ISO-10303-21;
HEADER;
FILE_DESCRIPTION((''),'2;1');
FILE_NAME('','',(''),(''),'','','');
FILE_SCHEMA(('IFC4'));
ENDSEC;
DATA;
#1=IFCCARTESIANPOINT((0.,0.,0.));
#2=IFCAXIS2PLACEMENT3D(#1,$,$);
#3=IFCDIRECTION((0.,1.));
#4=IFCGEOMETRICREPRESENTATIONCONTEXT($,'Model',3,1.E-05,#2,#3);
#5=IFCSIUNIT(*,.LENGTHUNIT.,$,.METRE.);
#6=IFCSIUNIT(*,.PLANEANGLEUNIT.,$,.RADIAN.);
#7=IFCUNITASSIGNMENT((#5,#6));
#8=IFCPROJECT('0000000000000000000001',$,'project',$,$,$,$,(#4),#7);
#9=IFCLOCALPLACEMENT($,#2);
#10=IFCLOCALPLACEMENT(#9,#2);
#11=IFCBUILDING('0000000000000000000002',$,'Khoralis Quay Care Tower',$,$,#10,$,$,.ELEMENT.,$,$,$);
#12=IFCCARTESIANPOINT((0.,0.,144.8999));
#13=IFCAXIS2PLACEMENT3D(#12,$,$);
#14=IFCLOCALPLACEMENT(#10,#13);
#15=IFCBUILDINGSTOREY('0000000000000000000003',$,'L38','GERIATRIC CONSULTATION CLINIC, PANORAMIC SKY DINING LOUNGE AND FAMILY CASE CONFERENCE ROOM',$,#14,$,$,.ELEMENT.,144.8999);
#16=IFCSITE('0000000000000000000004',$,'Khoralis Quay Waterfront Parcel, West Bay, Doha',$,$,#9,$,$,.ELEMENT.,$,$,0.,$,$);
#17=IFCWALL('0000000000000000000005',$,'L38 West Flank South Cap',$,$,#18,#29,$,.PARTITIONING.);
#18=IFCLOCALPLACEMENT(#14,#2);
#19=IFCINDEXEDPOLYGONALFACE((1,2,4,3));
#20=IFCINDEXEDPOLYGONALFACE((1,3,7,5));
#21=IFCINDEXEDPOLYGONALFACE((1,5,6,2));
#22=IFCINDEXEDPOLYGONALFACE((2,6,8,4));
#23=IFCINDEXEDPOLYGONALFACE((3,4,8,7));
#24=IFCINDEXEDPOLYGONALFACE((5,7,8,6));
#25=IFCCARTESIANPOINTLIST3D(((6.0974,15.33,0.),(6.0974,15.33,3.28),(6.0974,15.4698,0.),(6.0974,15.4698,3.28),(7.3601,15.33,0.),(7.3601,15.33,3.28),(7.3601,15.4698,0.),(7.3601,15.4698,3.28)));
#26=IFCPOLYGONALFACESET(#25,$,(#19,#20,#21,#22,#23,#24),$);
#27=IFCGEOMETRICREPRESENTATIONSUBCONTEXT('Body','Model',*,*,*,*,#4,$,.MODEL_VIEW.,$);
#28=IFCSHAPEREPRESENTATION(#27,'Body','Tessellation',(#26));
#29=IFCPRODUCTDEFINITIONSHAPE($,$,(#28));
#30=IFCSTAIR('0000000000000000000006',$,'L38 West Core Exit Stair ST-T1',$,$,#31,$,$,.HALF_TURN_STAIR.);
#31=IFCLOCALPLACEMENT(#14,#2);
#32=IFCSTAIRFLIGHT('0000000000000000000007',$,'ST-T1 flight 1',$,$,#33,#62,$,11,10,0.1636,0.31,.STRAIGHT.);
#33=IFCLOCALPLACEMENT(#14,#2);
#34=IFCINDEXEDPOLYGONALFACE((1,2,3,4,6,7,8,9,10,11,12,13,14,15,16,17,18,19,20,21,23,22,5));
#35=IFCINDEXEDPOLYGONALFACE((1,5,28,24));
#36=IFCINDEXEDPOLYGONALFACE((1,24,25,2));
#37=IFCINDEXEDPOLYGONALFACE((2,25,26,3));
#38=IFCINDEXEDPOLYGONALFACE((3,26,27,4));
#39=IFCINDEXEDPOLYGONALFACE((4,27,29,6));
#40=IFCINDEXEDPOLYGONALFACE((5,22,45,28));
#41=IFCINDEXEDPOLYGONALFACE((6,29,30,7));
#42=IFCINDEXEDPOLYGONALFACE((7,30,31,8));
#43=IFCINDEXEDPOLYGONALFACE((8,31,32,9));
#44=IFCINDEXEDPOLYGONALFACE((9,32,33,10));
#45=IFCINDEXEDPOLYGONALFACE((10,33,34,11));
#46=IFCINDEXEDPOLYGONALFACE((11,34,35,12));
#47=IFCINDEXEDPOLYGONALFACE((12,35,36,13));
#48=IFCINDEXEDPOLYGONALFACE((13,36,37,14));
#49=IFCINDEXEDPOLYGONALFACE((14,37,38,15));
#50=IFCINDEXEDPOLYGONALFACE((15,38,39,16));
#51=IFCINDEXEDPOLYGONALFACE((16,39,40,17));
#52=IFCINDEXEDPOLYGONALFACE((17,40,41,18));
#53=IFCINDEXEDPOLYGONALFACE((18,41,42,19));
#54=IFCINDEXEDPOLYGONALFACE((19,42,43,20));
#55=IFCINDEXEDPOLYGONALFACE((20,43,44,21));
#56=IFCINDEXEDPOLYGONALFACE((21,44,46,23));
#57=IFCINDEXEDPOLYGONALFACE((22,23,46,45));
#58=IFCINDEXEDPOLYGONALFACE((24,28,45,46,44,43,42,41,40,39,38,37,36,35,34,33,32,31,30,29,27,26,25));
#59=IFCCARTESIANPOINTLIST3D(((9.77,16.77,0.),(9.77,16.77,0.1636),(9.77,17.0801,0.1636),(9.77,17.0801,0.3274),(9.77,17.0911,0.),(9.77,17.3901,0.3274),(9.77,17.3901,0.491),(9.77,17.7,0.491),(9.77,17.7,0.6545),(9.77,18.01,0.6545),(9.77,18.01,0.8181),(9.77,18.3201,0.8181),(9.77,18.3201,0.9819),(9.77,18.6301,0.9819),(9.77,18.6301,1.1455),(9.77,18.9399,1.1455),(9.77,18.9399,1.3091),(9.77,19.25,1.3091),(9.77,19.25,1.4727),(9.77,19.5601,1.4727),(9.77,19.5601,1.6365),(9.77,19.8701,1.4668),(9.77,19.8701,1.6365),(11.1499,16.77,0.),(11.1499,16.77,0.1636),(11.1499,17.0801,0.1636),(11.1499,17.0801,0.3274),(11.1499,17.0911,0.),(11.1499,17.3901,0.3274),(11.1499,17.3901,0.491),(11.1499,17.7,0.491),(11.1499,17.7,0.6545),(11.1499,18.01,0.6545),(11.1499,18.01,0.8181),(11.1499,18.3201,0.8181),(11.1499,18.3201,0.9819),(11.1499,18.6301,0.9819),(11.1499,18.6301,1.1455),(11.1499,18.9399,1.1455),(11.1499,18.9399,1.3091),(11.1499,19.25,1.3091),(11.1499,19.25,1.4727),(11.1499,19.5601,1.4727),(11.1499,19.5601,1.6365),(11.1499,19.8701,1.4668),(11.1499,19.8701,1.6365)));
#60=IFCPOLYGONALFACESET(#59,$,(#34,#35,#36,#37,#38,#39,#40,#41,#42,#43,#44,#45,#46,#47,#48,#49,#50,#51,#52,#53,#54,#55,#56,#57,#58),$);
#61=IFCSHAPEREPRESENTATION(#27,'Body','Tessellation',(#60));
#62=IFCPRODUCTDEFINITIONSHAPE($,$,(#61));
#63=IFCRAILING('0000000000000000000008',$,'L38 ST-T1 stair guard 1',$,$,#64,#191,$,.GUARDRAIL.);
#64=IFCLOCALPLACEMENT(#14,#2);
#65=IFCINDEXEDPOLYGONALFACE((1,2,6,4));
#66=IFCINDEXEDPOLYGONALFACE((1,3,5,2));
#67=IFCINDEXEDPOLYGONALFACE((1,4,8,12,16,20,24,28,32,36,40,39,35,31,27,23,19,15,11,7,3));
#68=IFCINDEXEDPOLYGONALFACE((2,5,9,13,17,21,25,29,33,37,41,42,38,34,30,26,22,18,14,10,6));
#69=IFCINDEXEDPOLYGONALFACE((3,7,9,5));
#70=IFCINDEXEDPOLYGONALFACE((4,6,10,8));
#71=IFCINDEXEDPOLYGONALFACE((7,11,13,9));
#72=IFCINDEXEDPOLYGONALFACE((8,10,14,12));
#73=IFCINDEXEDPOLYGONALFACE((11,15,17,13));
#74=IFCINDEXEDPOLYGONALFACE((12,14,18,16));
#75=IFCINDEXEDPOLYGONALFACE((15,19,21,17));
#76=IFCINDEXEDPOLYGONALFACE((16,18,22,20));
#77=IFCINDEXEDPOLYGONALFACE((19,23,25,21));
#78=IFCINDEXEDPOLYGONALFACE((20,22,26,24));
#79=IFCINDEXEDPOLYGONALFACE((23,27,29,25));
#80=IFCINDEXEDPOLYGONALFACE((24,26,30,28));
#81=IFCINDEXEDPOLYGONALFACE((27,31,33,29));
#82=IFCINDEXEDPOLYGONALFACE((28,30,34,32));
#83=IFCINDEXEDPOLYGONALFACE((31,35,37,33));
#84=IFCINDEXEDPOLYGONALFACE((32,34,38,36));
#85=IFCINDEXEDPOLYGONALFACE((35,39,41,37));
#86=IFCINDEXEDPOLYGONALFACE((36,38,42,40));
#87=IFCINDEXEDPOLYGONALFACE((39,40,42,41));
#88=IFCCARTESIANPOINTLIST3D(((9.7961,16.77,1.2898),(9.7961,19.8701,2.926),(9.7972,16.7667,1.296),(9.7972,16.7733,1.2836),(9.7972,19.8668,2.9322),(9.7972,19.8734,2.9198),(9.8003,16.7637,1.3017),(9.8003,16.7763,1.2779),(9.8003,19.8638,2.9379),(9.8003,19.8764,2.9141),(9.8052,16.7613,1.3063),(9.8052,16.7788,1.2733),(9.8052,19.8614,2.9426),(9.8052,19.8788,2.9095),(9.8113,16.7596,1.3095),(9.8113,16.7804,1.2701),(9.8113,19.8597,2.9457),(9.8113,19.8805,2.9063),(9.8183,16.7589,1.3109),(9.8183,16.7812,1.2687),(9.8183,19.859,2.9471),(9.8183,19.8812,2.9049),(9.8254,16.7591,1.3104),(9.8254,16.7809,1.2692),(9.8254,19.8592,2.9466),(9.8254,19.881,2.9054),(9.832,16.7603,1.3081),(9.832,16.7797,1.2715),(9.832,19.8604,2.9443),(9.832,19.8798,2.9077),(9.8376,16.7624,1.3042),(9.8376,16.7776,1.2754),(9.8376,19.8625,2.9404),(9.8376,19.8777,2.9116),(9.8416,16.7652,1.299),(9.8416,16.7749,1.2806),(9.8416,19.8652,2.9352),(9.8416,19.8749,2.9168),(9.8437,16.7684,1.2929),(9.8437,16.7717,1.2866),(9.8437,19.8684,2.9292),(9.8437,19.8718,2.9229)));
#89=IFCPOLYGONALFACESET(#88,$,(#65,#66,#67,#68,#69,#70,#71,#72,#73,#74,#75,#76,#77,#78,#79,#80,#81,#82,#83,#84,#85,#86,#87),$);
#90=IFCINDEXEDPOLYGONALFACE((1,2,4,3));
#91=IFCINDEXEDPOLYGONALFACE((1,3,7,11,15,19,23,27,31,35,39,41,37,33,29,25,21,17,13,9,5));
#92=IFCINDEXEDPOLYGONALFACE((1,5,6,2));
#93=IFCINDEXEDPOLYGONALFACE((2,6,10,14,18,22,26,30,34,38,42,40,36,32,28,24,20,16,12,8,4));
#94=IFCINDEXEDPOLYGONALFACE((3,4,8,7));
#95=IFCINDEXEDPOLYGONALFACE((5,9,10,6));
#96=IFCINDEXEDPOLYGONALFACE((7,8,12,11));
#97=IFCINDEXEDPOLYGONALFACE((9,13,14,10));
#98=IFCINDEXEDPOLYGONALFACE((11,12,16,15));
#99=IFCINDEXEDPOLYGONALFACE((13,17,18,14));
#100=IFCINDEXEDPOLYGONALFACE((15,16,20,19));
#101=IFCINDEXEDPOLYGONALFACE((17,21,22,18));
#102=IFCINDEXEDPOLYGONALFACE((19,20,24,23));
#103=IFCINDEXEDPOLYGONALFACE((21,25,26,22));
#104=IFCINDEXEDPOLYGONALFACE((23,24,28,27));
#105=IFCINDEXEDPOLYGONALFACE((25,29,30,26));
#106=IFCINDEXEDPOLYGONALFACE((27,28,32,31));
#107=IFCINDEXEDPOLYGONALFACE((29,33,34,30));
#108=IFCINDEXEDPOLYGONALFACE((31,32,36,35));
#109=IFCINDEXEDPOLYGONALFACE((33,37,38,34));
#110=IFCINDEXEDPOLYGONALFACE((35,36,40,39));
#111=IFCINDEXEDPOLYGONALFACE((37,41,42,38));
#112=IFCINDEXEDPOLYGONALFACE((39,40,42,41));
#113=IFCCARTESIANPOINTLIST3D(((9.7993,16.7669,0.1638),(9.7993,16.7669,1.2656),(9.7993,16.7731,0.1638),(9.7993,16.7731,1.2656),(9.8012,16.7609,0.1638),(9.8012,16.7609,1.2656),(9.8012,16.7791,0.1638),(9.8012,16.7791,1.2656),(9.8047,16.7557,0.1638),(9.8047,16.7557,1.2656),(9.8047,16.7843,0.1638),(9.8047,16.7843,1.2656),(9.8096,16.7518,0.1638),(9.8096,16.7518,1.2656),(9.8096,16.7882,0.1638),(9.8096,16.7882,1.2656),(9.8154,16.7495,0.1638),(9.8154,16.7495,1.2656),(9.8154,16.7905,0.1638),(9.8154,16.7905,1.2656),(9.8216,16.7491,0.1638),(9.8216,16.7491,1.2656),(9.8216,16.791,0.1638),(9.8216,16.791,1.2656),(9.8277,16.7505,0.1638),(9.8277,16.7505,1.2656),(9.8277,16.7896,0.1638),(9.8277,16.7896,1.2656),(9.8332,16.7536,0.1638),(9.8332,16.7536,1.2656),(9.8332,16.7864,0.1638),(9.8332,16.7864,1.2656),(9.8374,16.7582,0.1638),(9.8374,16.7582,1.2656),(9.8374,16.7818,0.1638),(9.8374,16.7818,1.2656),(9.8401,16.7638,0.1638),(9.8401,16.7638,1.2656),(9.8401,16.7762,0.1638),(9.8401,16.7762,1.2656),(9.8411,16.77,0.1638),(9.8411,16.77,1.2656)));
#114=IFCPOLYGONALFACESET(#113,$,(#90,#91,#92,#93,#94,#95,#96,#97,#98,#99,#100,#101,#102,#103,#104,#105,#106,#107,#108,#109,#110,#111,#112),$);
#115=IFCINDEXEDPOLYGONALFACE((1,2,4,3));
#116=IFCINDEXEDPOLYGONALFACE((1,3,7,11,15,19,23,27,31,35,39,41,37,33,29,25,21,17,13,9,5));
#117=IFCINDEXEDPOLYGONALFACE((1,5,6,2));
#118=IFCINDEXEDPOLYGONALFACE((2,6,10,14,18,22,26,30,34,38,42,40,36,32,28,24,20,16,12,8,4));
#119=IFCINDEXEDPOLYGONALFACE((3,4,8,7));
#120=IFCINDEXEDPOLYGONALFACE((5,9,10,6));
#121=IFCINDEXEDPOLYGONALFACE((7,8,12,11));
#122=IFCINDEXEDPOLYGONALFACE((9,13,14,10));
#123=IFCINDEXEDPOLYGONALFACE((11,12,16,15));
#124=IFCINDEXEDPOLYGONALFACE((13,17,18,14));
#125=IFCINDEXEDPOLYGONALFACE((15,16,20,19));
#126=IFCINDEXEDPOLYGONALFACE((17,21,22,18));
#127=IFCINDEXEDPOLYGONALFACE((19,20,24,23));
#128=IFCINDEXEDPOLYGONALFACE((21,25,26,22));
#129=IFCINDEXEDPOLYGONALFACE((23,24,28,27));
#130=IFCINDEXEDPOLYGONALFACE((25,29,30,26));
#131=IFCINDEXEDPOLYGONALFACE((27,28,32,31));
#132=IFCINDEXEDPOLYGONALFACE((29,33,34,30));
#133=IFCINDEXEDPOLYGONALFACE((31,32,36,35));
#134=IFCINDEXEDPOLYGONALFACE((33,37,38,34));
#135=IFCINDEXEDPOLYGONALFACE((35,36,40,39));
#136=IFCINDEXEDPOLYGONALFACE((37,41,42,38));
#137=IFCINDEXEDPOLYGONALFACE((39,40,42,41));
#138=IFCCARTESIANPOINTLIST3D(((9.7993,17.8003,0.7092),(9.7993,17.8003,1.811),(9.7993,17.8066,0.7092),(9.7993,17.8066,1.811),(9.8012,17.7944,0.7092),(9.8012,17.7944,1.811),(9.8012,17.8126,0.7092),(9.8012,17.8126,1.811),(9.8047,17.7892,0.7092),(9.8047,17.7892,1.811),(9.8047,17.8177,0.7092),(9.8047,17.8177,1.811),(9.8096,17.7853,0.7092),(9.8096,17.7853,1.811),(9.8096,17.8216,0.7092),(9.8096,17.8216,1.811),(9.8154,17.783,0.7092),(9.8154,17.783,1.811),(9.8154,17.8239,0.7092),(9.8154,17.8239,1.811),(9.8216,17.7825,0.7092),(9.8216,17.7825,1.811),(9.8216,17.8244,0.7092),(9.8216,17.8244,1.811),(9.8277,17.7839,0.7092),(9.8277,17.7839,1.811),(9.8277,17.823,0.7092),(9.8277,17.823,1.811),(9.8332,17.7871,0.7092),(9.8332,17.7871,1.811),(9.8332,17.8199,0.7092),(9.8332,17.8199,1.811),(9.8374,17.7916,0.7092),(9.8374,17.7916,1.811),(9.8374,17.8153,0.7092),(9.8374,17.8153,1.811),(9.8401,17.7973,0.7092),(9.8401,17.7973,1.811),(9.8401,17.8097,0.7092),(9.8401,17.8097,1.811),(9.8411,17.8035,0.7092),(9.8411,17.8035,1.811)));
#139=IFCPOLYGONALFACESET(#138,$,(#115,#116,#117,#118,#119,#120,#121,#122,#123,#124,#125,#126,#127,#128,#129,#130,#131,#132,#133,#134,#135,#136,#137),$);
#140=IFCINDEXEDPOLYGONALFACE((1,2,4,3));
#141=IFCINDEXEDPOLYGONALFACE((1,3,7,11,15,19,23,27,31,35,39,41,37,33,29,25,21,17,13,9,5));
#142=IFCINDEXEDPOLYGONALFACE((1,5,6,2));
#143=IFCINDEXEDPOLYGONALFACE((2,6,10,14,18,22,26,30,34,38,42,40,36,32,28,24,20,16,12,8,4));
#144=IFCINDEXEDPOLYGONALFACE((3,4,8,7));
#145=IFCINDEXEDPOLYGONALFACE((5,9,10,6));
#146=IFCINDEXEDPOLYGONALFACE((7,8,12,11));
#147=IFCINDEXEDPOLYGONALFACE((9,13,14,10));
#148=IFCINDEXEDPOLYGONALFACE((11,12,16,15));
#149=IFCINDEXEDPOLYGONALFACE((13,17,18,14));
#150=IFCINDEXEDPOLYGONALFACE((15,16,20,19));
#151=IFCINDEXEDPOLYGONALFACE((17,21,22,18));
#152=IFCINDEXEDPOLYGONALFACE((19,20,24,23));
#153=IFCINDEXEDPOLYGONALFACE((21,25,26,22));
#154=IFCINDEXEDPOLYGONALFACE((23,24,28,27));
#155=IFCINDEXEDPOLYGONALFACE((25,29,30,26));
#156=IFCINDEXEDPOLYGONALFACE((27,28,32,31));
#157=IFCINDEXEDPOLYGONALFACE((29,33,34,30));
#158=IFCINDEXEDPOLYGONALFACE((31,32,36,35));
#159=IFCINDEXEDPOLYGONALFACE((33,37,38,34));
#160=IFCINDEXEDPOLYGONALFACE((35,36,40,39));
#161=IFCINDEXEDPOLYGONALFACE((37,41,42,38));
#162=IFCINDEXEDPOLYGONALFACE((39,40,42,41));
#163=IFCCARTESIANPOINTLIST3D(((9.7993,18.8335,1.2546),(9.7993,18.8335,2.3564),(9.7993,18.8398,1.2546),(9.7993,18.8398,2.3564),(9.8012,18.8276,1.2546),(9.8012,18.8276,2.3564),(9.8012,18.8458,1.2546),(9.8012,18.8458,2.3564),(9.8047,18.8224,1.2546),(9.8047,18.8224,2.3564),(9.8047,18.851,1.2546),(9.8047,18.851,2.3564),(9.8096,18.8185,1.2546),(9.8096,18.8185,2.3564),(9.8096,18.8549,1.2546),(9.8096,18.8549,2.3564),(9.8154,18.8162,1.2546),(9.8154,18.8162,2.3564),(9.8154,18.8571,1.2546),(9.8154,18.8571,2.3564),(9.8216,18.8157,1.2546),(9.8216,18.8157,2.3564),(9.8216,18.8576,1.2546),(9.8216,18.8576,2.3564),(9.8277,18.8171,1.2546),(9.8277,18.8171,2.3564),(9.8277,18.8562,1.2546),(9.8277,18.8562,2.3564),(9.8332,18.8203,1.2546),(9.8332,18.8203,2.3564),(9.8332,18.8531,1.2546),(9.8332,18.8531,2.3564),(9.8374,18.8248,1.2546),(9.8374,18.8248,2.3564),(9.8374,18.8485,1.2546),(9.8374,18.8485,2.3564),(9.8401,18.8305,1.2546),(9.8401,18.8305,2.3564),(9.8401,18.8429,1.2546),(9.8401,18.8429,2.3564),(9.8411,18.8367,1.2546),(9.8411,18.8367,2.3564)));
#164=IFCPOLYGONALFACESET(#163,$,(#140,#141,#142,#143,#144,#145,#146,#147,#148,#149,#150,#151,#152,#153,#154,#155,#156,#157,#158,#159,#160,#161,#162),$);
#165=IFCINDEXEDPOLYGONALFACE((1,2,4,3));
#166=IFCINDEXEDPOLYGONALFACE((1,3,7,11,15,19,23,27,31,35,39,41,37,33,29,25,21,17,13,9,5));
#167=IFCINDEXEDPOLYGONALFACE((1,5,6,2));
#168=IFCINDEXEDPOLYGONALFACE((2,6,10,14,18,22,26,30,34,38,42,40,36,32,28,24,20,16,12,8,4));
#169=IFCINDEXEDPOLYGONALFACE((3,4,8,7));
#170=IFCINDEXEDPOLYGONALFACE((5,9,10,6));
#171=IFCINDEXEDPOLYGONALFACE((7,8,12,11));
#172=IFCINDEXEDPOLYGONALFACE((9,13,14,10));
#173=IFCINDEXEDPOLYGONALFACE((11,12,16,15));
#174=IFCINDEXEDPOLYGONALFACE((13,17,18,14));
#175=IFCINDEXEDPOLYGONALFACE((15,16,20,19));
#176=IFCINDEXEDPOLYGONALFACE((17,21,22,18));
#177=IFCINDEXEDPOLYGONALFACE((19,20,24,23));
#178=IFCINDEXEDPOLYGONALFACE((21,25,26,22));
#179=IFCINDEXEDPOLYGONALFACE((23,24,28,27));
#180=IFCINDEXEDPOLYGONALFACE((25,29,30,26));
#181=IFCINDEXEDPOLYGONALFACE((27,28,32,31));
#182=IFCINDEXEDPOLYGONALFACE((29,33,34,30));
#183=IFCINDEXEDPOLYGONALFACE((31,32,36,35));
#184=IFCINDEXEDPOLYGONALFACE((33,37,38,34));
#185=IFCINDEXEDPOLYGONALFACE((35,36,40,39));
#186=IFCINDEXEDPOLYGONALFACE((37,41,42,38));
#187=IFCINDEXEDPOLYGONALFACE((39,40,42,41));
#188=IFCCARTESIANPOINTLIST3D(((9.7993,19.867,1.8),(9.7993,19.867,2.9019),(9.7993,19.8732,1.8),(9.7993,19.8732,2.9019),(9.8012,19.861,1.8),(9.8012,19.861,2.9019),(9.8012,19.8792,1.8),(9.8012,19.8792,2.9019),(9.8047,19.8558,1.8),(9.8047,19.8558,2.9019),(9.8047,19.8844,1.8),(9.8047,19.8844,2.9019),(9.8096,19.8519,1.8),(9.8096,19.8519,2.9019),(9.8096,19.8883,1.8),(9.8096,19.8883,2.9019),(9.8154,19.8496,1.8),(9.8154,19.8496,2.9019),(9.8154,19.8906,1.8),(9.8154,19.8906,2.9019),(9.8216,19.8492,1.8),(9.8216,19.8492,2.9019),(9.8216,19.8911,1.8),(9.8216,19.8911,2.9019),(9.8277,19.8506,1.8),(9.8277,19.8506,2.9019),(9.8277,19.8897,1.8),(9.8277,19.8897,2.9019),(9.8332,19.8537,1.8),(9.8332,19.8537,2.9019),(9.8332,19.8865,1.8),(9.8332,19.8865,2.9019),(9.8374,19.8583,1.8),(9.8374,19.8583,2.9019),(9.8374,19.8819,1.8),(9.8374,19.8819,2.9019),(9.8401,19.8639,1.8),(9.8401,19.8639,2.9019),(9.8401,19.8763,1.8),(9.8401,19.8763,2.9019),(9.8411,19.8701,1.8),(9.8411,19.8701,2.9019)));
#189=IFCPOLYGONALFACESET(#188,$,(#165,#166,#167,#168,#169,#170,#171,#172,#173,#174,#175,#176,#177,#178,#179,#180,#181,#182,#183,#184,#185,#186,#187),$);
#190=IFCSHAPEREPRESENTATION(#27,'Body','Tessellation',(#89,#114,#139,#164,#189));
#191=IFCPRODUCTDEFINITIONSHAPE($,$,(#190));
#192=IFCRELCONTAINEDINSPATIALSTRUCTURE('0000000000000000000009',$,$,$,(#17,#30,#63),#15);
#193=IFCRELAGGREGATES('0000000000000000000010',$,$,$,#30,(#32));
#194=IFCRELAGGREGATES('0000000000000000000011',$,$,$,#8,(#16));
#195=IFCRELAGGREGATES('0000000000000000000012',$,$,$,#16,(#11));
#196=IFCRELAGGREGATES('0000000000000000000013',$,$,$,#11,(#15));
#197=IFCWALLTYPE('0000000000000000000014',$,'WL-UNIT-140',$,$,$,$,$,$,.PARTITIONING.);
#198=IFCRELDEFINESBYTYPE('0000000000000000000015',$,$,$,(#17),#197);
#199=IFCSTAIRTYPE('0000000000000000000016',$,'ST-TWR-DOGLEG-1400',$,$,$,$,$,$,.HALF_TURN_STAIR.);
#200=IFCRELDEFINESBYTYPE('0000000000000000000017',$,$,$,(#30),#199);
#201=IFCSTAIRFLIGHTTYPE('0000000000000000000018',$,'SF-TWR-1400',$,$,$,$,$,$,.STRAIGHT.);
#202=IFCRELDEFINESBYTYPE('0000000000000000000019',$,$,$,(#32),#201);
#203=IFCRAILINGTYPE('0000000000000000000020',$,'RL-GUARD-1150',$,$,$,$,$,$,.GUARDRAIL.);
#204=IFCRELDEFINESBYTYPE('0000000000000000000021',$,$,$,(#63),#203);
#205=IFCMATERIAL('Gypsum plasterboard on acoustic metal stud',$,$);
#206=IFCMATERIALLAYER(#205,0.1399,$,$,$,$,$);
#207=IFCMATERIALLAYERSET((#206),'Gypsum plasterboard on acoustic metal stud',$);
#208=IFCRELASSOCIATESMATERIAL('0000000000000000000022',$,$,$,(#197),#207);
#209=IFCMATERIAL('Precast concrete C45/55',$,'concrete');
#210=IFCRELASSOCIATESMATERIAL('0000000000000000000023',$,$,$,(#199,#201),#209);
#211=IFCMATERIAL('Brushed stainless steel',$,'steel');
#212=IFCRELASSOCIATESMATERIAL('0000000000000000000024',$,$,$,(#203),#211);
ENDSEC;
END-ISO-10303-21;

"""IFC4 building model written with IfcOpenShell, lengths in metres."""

from ifc_helpers import new_model, si_unit, direction, frame, frame_2d, origin, origin_2d, place, context, subcontext, project, spatial, polyline, rectangle, circle, outline, extrude, source, transform, mapped, material, layer, layer_set, type_object, element, aggregate, save


model = new_model("IFC4")

# Units and contexts
model_context = context("Model", 3, precision=1e-05, world=origin(), true_north=direction((0.0, 1.0)))
body_context = subcontext(model_context, "Body", "Model", "MODEL_VIEW")
ifc_project = project(units=[si_unit("LENGTHUNIT", "METRE"), si_unit("PLANEANGLEUNIT", "RADIAN")], contexts=[model_context])

# Site, building, storey
site_placement = place(None, origin())
site = spatial("IfcSite", under=ifc_project, at=site_placement, Name="Khoralis Quay Waterfront Parcel, West Bay, Doha", CompositionType="ELEMENT", RefElevation=0.0)
building_placement = place(site_placement, origin())
building = spatial("IfcBuilding", under=site, at=building_placement, Name="Khoralis Quay Care Tower", CompositionType="ELEMENT")
storey_placement = place(building_placement, frame((0.0, 0.0, 144.8999)))
storey = spatial("IfcBuildingStorey", under=building, at=storey_placement, Name="L38", Description="GERIATRIC CONSULTATION CLINIC, PANORAMIC SKY DINING LOUNGE AND FAMILY CASE CONFERENCE ROOM", CompositionType="ELEMENT", Elevation=144.8999)

# Shared definitions
ifc_material_1 = material(Name="Gypsum plasterboard on acoustic metal stud")

# Shared definitions
ifc_material_2 = material(Name="Brushed stainless steel", Category="steel")

# Wall
ifc_layer_1 = layer(ifc_material_1, 0.1399)
ifc_layer_set_1 = layer_set([ifc_layer_1], Name="Gypsum plasterboard on acoustic metal stud")
wall_type_1 = type_object("IfcWallType", Name="WL-UNIT-140", PredefinedType="PARTITIONING", material=ifc_layer_set_1)
wall_1_placement = place(storey_placement, frame((6.0974, 15.3999, 0.0), z_axis=(0.0, 0.0, 1.0), x_axis=(1.0, 0.0, 0.0)))
element("IfcWall", 1, at=wall_1_placement, inside=storey, type_object=wall_type_1, Name="L38 West Flank South Cap", PredefinedType="PARTITIONING", context=body_context, shape_type="SweptSolid", body=[
    extrude(rectangle(XDim=1.2627, YDim=0.1399, at=frame_2d((0.6313, 0.0))), origin(), (0.0, 0.0, 1.0), 3.28),
])

# Stair, stair flight
ifc_material_3 = material(Name="Precast concrete C45/55", Category="concrete")
stair_type = type_object("IfcStairType", Name="ST-TWR-DOGLEG-1400", PredefinedType="HALF_TURN_STAIR", material=ifc_material_3)
stair_placement = place(storey_placement, origin())
stair = element("IfcStair", 2, at=stair_placement, inside=storey, type_object=stair_type, Name="L38 West Core Exit Stair ST-T1", PredefinedType="HALF_TURN_STAIR")
stair_flight_type = type_object("IfcStairFlightType", Name="SF-TWR-1400", PredefinedType="STRAIGHT", material=ifc_material_3)
shared_shape_1 = source(origin(), body_context, "Body", "SweptSolid", [
    extrude(outline(polyline([(0.0, 0.0), (0.0, 0.1636), (0.3101, 0.1636), (0.3101, 0.3274), (0.6201, 0.3274), (0.6201, 0.491), (0.9299, 0.491), (0.9299, 0.6545), (1.24, 0.6545), (1.24, 0.8181), (1.55, 0.8181), (1.55, 0.9819), (1.8601, 0.9819), (1.8601, 1.1455), (2.1699, 1.1455), (2.1699, 1.3091), (2.48, 1.3091), (2.48, 1.4727), (2.79, 1.4727), (2.79, 1.6365), (3.1001, 1.6365), (3.1001, 1.8), (3.1001, 1.4668), (0.321, 0.0), (0.0, 0.0)])), frame((0.0, 0.6899, 0.0), z_axis=(0.0, -1.0, 0.0), x_axis=(1.0, 0.0, 0.0)), (0.0, 0.0, 1.0), 1.3799),
])
stair_flight_placement = place(storey_placement, frame((10.46, 16.77, 0.0), z_axis=(0.0, 0.0, 1.0), x_axis=(0.0, 1.0, 0.0)))
stair_flight = element("IfcStairFlight", 3, at=stair_flight_placement, type_object=stair_flight_type, Name="ST-T1 flight 1", NumberOfRisers=11, NumberOfTreads=10, PredefinedType="STRAIGHT", RiserHeight=0.1636, TreadLength=0.31, context=body_context, shape_type="MappedRepresentation", body=[
    mapped(shared_shape_1, transform((0.0, 0.0, 0.0), scale=1.0)),
])
aggregate(stair, [stair_flight])

# Railing
railing_type_1 = type_object("IfcRailingType", Name="RL-GUARD-1150", PredefinedType="GUARDRAIL", material=ifc_material_2)
railing_1_placement = place(storey_placement, frame((9.8201, 16.77, 0.1638)))
element("IfcRailing", 4, at=railing_1_placement, inside=storey, type_object=railing_type_1, Name="L38 ST-T1 stair guard 1", PredefinedType="GUARDRAIL", context=body_context, shape_type="SweptSolid", body=[
    extrude(circle(Radius=0.0239, at=origin_2d()), frame((0.0, 0.0, 1.126), z_axis=(0.0, 0.884377, 0.466774), x_axis=(-1.0, 0.0, 0.0)), (0.0, 0.0, 1.0), 3.5054),
    extrude(circle(Radius=0.021, at=origin_2d()), origin(), (0.0, 0.0, 1.0), 1.1018),
    extrude(circle(Radius=0.021, at=origin_2d()), frame((0.0, 1.0334, 0.5454)), (0.0, 0.0, 1.0), 1.1018),
    extrude(circle(Radius=0.021, at=origin_2d()), frame((0.0, 2.0667, 1.0908)), (0.0, 0.0, 1.0), 1.1018),
    extrude(circle(Radius=0.021, at=origin_2d()), frame((0.0, 3.1001, 1.6362)), (0.0, 0.0, 1.0), 1.1018),
])

save(model, "model.ifc")
